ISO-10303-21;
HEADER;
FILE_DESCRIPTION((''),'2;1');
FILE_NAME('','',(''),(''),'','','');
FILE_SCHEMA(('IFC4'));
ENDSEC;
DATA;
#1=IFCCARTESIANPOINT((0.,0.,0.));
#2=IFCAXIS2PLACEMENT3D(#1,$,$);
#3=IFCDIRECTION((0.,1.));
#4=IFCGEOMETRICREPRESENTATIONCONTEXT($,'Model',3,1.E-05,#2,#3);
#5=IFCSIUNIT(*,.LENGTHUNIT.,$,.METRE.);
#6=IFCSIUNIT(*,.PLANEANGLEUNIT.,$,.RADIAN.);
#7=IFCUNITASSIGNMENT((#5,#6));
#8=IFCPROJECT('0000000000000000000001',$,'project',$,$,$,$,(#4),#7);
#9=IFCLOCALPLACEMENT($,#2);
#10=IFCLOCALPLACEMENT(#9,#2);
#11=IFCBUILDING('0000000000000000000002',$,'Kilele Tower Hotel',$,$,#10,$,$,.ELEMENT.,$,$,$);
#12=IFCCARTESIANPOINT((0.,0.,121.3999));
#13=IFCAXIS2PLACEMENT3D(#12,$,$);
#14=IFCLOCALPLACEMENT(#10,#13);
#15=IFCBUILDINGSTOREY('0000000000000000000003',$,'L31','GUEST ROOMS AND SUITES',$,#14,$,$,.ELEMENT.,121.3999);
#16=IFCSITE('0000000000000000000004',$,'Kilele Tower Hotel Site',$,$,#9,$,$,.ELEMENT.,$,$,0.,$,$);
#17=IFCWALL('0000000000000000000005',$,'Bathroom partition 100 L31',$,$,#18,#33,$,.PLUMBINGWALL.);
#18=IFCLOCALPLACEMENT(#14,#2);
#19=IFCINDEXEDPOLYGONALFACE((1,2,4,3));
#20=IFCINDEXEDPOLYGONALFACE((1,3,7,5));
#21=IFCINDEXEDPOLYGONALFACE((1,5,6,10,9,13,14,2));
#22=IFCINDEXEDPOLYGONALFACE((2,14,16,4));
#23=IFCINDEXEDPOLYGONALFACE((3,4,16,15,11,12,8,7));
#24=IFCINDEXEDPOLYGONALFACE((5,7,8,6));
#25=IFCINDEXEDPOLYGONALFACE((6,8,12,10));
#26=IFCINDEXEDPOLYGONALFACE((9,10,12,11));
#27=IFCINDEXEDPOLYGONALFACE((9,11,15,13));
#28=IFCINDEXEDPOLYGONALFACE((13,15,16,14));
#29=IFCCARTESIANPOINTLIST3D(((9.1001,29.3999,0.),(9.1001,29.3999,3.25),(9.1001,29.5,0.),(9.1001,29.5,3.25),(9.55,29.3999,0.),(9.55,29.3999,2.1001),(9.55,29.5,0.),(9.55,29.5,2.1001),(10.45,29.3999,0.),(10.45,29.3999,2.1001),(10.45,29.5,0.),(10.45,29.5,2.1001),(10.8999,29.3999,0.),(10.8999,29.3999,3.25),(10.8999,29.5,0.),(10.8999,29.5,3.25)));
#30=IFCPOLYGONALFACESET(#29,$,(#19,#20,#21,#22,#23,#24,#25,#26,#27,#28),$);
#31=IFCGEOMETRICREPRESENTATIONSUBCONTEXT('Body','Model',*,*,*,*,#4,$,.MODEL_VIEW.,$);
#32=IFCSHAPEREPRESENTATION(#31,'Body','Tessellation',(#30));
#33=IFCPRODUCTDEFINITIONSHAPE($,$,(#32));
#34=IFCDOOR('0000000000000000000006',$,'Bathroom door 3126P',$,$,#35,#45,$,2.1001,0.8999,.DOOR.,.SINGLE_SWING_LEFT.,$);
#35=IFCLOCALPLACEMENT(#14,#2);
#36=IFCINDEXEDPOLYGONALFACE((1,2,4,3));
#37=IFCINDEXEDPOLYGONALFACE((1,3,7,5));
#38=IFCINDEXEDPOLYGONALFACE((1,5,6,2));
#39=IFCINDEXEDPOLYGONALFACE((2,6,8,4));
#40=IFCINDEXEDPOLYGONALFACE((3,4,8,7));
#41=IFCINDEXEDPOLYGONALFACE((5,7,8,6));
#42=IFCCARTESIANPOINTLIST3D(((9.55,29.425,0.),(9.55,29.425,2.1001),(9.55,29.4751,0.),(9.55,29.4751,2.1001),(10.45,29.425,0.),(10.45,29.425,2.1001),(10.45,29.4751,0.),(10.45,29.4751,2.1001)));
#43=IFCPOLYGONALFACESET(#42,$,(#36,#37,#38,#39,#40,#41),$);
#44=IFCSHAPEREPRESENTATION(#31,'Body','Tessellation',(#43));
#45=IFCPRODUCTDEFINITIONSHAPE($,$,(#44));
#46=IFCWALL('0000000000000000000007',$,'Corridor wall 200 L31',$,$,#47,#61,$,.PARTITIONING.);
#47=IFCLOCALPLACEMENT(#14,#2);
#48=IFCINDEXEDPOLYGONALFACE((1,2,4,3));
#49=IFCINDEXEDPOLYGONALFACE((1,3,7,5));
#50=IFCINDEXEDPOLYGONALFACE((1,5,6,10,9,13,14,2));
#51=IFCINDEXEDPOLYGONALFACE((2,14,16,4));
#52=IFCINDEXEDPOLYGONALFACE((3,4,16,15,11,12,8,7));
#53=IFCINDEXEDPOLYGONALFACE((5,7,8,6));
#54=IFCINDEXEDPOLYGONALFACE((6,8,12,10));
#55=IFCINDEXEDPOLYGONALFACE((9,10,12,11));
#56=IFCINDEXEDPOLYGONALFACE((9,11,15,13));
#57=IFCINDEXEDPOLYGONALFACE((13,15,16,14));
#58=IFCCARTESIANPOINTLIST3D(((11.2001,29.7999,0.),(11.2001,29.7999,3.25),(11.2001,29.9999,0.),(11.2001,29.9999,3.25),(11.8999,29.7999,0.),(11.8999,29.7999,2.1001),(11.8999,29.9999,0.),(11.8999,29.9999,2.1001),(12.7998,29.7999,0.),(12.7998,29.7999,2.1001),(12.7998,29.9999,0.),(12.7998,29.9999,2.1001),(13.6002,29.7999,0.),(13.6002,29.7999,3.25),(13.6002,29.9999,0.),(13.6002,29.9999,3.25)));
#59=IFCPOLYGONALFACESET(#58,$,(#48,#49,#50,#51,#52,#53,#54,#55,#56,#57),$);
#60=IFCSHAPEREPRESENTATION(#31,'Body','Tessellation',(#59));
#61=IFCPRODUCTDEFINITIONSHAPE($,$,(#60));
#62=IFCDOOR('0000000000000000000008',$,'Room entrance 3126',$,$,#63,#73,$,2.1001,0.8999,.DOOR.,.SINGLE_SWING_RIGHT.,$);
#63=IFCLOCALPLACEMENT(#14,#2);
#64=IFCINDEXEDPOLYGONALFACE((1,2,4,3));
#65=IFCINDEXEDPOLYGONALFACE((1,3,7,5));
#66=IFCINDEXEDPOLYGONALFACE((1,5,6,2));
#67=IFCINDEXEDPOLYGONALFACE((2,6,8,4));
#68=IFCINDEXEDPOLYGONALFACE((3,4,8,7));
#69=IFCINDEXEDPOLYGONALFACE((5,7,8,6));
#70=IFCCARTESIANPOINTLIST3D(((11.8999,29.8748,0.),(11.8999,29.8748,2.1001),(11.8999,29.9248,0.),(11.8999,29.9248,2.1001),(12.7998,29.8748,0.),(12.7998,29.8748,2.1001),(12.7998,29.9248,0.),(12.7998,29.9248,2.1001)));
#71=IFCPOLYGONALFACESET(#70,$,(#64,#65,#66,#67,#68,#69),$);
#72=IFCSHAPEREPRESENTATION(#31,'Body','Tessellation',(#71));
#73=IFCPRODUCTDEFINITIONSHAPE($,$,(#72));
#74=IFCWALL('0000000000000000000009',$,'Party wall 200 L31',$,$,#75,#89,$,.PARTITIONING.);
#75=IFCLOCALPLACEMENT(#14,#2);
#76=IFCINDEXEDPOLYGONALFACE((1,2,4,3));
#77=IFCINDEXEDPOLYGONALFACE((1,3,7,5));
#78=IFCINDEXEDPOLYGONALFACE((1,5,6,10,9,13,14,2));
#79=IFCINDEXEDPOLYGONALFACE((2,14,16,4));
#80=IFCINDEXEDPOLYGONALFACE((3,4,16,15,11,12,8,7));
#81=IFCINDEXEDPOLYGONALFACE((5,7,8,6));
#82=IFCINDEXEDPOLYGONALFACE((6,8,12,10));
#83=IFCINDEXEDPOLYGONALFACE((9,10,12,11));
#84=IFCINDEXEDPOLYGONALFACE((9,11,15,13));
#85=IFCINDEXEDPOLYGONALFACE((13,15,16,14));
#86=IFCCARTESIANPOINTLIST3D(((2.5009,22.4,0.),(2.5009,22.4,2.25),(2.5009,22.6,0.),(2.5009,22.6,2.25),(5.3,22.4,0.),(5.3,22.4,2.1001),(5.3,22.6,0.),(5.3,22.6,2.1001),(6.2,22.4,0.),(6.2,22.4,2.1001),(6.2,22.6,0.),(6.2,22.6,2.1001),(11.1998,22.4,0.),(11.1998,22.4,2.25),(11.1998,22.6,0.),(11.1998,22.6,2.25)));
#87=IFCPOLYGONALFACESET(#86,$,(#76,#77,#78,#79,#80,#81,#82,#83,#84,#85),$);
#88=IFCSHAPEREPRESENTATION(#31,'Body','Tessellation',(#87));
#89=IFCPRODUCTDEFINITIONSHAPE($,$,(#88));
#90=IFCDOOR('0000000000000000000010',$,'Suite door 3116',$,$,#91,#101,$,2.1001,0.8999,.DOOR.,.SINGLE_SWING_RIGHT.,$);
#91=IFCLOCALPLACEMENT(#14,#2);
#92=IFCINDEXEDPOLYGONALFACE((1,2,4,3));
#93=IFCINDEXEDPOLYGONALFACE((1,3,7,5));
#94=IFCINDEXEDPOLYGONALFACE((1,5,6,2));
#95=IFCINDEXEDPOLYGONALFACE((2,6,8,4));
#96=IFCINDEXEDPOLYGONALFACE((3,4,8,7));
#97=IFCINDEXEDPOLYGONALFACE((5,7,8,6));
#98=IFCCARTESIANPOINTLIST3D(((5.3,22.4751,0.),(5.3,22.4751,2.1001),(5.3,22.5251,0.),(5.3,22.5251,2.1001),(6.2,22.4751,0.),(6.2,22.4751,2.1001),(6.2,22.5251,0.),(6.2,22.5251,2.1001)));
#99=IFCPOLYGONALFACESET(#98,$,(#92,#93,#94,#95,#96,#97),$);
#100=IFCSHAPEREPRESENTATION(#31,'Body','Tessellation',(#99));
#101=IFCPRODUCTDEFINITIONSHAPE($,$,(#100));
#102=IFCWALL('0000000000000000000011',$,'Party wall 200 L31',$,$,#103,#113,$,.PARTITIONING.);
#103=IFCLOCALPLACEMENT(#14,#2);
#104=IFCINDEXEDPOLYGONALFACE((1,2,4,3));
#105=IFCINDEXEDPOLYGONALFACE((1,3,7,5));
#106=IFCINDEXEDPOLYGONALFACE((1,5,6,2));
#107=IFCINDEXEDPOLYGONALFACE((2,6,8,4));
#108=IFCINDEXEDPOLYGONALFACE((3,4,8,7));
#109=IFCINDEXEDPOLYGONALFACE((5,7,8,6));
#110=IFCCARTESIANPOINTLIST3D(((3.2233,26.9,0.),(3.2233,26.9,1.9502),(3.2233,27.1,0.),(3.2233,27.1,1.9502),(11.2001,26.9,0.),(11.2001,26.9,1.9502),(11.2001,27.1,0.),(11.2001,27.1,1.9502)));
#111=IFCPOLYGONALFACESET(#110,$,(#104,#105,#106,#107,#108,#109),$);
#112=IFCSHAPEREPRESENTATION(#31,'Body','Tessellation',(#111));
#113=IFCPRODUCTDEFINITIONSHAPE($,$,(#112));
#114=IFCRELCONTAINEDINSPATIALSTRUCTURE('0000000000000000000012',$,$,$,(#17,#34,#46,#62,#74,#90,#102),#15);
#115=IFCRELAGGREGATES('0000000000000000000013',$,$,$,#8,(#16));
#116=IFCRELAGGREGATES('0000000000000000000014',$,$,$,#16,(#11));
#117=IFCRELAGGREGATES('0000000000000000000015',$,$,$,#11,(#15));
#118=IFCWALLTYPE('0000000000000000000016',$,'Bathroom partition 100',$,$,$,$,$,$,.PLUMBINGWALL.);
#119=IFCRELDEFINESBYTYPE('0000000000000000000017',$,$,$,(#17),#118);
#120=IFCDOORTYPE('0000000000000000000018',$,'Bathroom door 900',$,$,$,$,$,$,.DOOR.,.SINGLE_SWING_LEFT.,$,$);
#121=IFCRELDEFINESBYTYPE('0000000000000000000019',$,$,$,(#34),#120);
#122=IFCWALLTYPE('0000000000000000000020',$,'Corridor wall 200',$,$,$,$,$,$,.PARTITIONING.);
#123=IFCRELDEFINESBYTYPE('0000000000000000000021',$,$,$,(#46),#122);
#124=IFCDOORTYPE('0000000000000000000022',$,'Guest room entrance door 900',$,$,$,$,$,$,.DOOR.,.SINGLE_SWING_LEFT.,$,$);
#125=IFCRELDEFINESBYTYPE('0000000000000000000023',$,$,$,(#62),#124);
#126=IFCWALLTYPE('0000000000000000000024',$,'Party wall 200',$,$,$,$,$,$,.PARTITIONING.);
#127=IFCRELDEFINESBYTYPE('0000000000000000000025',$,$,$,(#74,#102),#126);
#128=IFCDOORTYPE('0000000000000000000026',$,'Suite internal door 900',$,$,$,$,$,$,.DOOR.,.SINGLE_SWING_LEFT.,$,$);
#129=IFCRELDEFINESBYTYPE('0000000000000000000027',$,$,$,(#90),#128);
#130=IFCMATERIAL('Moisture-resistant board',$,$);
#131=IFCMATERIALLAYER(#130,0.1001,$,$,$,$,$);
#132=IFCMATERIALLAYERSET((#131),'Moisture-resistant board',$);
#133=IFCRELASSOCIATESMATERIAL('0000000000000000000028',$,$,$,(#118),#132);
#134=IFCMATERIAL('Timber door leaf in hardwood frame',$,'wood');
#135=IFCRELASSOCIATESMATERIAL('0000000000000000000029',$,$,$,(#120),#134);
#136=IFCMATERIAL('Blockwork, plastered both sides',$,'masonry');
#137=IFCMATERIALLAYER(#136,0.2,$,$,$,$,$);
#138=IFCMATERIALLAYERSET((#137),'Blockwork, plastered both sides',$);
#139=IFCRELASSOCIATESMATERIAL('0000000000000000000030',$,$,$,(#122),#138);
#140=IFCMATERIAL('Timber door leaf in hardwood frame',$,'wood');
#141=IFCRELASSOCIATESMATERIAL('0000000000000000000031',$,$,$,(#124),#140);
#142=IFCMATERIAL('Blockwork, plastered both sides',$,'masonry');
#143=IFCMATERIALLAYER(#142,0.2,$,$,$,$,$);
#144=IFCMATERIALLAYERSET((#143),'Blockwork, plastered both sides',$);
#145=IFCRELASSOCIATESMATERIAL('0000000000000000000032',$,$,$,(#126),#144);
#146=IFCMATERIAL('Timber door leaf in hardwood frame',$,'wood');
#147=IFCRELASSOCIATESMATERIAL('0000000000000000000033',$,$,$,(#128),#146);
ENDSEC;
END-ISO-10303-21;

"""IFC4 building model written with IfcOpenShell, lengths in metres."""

from ifc_helpers import new_model, si_unit, direction, frame, frame_2d, origin, place, context, subcontext, project, spatial, rectangle, extrude, material, layer, layer_set, type_object, element, fill, save


model = new_model("IFC4")

# Units and contexts
model_context = context("Model", 3, precision=1e-05, world=origin(), true_north=direction((0.0, 1.0)))
body_context = subcontext(model_context, "Body", "Model", "MODEL_VIEW")
ifc_project = project(units=[si_unit("LENGTHUNIT", "METRE"), si_unit("PLANEANGLEUNIT", "RADIAN")], contexts=[model_context])

# Site, building, storey
site_placement = place(None, origin())
site = spatial("IfcSite", under=ifc_project, at=site_placement, Name="Kilele Tower Hotel Site", CompositionType="ELEMENT", RefElevation=0.0)
building_placement = place(site_placement, origin())
building = spatial("IfcBuilding", under=site, at=building_placement, Name="Kilele Tower Hotel", CompositionType="ELEMENT")
storey_placement = place(building_placement, frame((0.0, 0.0, 121.3999)))
storey = spatial("IfcBuildingStorey", under=building, at=storey_placement, Name="L31", Description="GUEST ROOMS AND SUITES", CompositionType="ELEMENT", Elevation=121.3999)

# Shared definitions
ifc_material_1 = material(Name="Moisture-resistant board")
ifc_layer_1 = layer(ifc_material_1, 0.1001)
ifc_layer_set_1 = layer_set([ifc_layer_1], Name="Moisture-resistant board")
wall_type_1 = type_object("IfcWallType", Name="Bathroom partition 100", PredefinedType="PLUMBINGWALL", material=ifc_layer_set_1)
ifc_material_2 = material(Name="Timber door leaf in hardwood frame", Category="wood")
door_type_1 = type_object("IfcDoorType", Name="Bathroom door 900", OperationType="SINGLE_SWING_LEFT", PredefinedType="DOOR", material=ifc_material_2)

# Walls, openings, doors
wall_1_placement = place(storey_placement, frame((10.8999, 29.45, 0.0), z_axis=(0.0, 0.0, 1.0), x_axis=(-1.0, 0.0, 0.0)))
wall_1 = element("IfcWall", 1, at=wall_1_placement, inside=storey, type_object=wall_type_1, Name="Bathroom partition 100 L31", PredefinedType="PLUMBINGWALL", context=body_context, shape_type="SweptSolid", body=[
    extrude(rectangle(XDim=1.7998, YDim=0.1001, at=frame_2d((0.8999, 0.0))), origin(), (0.0, 0.0, 1.0), 3.25),
])
opening_1_placement = place(wall_1_placement, frame((0.45, 0.0, 0.0)))
opening_1 = element("IfcOpeningElement", 2, at=opening_1_placement, cuts=wall_1, PredefinedType="OPENING", context=body_context, shape_type="SweptSolid", body=[
    extrude(rectangle(XDim=0.8999, YDim=2.1001, at=frame_2d((0.45, 1.05))), frame((0.0, 0.0601, 0.0), z_axis=(0.0, -1.0, 0.0), x_axis=(1.0, 0.0, 0.0)), (0.0, 0.0, 1.0), 0.1201),
])
door_1_placement = place(opening_1_placement, origin())
door_1 = element("IfcDoor", 3, at=door_1_placement, inside=storey, type_object=door_type_1, Name="Bathroom door 3126P", OperationType="SINGLE_SWING_LEFT", OverallHeight=2.1001, OverallWidth=0.8999, PredefinedType="DOOR", context=body_context, shape_type="SweptSolid", body=[
    extrude(rectangle(XDim=0.8999, YDim=2.1001, at=frame_2d((0.45, 1.05))), frame((0.0, 0.0249, 0.0), z_axis=(0.0, -1.0, 0.0), x_axis=(1.0, 0.0, 0.0)), (0.0, 0.0, 1.0), 0.05),
])
fill(opening_1, door_1)
ifc_material_3 = material(Name="Blockwork, plastered both sides", Category="masonry")
ifc_layer_2 = layer(ifc_material_3, 0.2)
ifc_layer_set_2 = layer_set([ifc_layer_2], Name="Blockwork, plastered both sides")
wall_type_2 = type_object("IfcWallType", Name="Corridor wall 200", PredefinedType="PARTITIONING", material=ifc_layer_set_2)
wall_2_placement = place(storey_placement, frame((11.2, 29.8999, 0.0), z_axis=(0.0, 0.0, 1.0), x_axis=(1.0, 0.0, 0.0)))
wall_2 = element("IfcWall", 4, at=wall_2_placement, inside=storey, type_object=wall_type_2, Name="Corridor wall 200 L31", PredefinedType="PARTITIONING", context=body_context, shape_type="SweptSolid", body=[
    extrude(rectangle(XDim=2.4001, YDim=0.2, at=frame_2d((1.2002, 0.0))), origin(), (0.0, 0.0, 1.0), 3.25),
])
opening_2_placement = place(wall_2_placement, frame((0.7, 0.0, 0.0)))
opening_2 = element("IfcOpeningElement", 5, at=opening_2_placement, cuts=wall_2, PredefinedType="OPENING", context=body_context, shape_type="SweptSolid", body=[
    extrude(rectangle(XDim=0.8999, YDim=2.1001, at=frame_2d((0.45, 1.05))), frame((0.0, 0.1099, 0.0), z_axis=(0.0, -1.0, 0.0), x_axis=(1.0, 0.0, 0.0)), (0.0, 0.0, 1.0), 0.22),
])
ifc_material_4 = material(Name="Timber door leaf in hardwood frame", Category="wood")
door_type_2 = type_object("IfcDoorType", Name="Guest room entrance door 900", OperationType="SINGLE_SWING_LEFT", PredefinedType="DOOR", material=ifc_material_4)
door_2_placement = place(opening_2_placement, origin())
door_2 = element("IfcDoor", 6, at=door_2_placement, inside=storey, type_object=door_type_2, Name="Room entrance 3126", OperationType="SINGLE_SWING_RIGHT", OverallHeight=2.1001, OverallWidth=0.8999, PredefinedType="DOOR", context=body_context, shape_type="SweptSolid", body=[
    extrude(rectangle(XDim=0.8999, YDim=2.1001, at=frame_2d((0.45, 1.05))), frame((0.0, 0.0249, 0.0), z_axis=(0.0, -1.0, 0.0), x_axis=(1.0, 0.0, 0.0)), (0.0, 0.0, 1.0), 0.05),
])
fill(opening_2, door_2)
ifc_material_5 = material(Name="Blockwork, plastered both sides", Category="masonry")
ifc_layer_3 = layer(ifc_material_5, 0.2)
ifc_layer_set_3 = layer_set([ifc_layer_3], Name="Blockwork, plastered both sides")
wall_type_3 = type_object("IfcWallType", Name="Party wall 200", PredefinedType="PARTITIONING", material=ifc_layer_set_3)
wall_3_placement = place(storey_placement, frame((11.2, 22.5, 0.0), z_axis=(0.0, 0.0, 1.0), x_axis=(-1.0, 0.0, 0.0)))
wall_3 = element("IfcWall", 7, at=wall_3_placement, inside=storey, type_object=wall_type_3, Name="Party wall 200 L31", PredefinedType="PARTITIONING", context=body_context, shape_type="SweptSolid", body=[
    extrude(rectangle(XDim=8.699, YDim=0.2, at=frame_2d((4.3496, 0.0))), origin(), (0.0, 0.0, 1.0), 2.25),
])
opening_3_placement = place(wall_3_placement, frame((5.0, 0.0, 0.0)))
opening_3 = element("IfcOpeningElement", 8, at=opening_3_placement, cuts=wall_3, PredefinedType="OPENING", context=body_context, shape_type="SweptSolid", body=[
    extrude(rectangle(XDim=0.8999, YDim=2.1001, at=frame_2d((0.45, 1.05))), frame((0.0, 0.1099, 0.0), z_axis=(0.0, -1.0, 0.0), x_axis=(1.0, 0.0, 0.0)), (0.0, 0.0, 1.0), 0.22),
])
ifc_material_6 = material(Name="Timber door leaf in hardwood frame", Category="wood")
door_type_3 = type_object("IfcDoorType", Name="Suite internal door 900", OperationType="SINGLE_SWING_LEFT", PredefinedType="DOOR", material=ifc_material_6)
door_3_placement = place(opening_3_placement, origin())
door_3 = element("IfcDoor", 9, at=door_3_placement, inside=storey, type_object=door_type_3, Name="Suite door 3116", OperationType="SINGLE_SWING_RIGHT", OverallHeight=2.1001, OverallWidth=0.8999, PredefinedType="DOOR", context=body_context, shape_type="SweptSolid", body=[
    extrude(rectangle(XDim=0.8999, YDim=2.1001, at=frame_2d((0.45, 1.05))), frame((0.0, 0.0249, 0.0), z_axis=(0.0, -1.0, 0.0), x_axis=(1.0, 0.0, 0.0)), (0.0, 0.0, 1.0), 0.05),
])
fill(opening_3, door_3)

# Wall
wall_4_placement = place(storey_placement, frame((11.2, 27.0, 0.0), z_axis=(0.0, 0.0, 1.0), x_axis=(-1.0, 0.0, 0.0)))
element("IfcWall", 10, at=wall_4_placement, inside=storey, type_object=wall_type_3, Name="Party wall 200 L31", PredefinedType="PARTITIONING", context=body_context, shape_type="SweptSolid", body=[
    extrude(rectangle(XDim=7.9768, YDim=0.2, at=frame_2d((3.9883, 0.0))), origin(), (0.0, 0.0, 1.0), 1.9502),
])

save(model, "model.ifc")
